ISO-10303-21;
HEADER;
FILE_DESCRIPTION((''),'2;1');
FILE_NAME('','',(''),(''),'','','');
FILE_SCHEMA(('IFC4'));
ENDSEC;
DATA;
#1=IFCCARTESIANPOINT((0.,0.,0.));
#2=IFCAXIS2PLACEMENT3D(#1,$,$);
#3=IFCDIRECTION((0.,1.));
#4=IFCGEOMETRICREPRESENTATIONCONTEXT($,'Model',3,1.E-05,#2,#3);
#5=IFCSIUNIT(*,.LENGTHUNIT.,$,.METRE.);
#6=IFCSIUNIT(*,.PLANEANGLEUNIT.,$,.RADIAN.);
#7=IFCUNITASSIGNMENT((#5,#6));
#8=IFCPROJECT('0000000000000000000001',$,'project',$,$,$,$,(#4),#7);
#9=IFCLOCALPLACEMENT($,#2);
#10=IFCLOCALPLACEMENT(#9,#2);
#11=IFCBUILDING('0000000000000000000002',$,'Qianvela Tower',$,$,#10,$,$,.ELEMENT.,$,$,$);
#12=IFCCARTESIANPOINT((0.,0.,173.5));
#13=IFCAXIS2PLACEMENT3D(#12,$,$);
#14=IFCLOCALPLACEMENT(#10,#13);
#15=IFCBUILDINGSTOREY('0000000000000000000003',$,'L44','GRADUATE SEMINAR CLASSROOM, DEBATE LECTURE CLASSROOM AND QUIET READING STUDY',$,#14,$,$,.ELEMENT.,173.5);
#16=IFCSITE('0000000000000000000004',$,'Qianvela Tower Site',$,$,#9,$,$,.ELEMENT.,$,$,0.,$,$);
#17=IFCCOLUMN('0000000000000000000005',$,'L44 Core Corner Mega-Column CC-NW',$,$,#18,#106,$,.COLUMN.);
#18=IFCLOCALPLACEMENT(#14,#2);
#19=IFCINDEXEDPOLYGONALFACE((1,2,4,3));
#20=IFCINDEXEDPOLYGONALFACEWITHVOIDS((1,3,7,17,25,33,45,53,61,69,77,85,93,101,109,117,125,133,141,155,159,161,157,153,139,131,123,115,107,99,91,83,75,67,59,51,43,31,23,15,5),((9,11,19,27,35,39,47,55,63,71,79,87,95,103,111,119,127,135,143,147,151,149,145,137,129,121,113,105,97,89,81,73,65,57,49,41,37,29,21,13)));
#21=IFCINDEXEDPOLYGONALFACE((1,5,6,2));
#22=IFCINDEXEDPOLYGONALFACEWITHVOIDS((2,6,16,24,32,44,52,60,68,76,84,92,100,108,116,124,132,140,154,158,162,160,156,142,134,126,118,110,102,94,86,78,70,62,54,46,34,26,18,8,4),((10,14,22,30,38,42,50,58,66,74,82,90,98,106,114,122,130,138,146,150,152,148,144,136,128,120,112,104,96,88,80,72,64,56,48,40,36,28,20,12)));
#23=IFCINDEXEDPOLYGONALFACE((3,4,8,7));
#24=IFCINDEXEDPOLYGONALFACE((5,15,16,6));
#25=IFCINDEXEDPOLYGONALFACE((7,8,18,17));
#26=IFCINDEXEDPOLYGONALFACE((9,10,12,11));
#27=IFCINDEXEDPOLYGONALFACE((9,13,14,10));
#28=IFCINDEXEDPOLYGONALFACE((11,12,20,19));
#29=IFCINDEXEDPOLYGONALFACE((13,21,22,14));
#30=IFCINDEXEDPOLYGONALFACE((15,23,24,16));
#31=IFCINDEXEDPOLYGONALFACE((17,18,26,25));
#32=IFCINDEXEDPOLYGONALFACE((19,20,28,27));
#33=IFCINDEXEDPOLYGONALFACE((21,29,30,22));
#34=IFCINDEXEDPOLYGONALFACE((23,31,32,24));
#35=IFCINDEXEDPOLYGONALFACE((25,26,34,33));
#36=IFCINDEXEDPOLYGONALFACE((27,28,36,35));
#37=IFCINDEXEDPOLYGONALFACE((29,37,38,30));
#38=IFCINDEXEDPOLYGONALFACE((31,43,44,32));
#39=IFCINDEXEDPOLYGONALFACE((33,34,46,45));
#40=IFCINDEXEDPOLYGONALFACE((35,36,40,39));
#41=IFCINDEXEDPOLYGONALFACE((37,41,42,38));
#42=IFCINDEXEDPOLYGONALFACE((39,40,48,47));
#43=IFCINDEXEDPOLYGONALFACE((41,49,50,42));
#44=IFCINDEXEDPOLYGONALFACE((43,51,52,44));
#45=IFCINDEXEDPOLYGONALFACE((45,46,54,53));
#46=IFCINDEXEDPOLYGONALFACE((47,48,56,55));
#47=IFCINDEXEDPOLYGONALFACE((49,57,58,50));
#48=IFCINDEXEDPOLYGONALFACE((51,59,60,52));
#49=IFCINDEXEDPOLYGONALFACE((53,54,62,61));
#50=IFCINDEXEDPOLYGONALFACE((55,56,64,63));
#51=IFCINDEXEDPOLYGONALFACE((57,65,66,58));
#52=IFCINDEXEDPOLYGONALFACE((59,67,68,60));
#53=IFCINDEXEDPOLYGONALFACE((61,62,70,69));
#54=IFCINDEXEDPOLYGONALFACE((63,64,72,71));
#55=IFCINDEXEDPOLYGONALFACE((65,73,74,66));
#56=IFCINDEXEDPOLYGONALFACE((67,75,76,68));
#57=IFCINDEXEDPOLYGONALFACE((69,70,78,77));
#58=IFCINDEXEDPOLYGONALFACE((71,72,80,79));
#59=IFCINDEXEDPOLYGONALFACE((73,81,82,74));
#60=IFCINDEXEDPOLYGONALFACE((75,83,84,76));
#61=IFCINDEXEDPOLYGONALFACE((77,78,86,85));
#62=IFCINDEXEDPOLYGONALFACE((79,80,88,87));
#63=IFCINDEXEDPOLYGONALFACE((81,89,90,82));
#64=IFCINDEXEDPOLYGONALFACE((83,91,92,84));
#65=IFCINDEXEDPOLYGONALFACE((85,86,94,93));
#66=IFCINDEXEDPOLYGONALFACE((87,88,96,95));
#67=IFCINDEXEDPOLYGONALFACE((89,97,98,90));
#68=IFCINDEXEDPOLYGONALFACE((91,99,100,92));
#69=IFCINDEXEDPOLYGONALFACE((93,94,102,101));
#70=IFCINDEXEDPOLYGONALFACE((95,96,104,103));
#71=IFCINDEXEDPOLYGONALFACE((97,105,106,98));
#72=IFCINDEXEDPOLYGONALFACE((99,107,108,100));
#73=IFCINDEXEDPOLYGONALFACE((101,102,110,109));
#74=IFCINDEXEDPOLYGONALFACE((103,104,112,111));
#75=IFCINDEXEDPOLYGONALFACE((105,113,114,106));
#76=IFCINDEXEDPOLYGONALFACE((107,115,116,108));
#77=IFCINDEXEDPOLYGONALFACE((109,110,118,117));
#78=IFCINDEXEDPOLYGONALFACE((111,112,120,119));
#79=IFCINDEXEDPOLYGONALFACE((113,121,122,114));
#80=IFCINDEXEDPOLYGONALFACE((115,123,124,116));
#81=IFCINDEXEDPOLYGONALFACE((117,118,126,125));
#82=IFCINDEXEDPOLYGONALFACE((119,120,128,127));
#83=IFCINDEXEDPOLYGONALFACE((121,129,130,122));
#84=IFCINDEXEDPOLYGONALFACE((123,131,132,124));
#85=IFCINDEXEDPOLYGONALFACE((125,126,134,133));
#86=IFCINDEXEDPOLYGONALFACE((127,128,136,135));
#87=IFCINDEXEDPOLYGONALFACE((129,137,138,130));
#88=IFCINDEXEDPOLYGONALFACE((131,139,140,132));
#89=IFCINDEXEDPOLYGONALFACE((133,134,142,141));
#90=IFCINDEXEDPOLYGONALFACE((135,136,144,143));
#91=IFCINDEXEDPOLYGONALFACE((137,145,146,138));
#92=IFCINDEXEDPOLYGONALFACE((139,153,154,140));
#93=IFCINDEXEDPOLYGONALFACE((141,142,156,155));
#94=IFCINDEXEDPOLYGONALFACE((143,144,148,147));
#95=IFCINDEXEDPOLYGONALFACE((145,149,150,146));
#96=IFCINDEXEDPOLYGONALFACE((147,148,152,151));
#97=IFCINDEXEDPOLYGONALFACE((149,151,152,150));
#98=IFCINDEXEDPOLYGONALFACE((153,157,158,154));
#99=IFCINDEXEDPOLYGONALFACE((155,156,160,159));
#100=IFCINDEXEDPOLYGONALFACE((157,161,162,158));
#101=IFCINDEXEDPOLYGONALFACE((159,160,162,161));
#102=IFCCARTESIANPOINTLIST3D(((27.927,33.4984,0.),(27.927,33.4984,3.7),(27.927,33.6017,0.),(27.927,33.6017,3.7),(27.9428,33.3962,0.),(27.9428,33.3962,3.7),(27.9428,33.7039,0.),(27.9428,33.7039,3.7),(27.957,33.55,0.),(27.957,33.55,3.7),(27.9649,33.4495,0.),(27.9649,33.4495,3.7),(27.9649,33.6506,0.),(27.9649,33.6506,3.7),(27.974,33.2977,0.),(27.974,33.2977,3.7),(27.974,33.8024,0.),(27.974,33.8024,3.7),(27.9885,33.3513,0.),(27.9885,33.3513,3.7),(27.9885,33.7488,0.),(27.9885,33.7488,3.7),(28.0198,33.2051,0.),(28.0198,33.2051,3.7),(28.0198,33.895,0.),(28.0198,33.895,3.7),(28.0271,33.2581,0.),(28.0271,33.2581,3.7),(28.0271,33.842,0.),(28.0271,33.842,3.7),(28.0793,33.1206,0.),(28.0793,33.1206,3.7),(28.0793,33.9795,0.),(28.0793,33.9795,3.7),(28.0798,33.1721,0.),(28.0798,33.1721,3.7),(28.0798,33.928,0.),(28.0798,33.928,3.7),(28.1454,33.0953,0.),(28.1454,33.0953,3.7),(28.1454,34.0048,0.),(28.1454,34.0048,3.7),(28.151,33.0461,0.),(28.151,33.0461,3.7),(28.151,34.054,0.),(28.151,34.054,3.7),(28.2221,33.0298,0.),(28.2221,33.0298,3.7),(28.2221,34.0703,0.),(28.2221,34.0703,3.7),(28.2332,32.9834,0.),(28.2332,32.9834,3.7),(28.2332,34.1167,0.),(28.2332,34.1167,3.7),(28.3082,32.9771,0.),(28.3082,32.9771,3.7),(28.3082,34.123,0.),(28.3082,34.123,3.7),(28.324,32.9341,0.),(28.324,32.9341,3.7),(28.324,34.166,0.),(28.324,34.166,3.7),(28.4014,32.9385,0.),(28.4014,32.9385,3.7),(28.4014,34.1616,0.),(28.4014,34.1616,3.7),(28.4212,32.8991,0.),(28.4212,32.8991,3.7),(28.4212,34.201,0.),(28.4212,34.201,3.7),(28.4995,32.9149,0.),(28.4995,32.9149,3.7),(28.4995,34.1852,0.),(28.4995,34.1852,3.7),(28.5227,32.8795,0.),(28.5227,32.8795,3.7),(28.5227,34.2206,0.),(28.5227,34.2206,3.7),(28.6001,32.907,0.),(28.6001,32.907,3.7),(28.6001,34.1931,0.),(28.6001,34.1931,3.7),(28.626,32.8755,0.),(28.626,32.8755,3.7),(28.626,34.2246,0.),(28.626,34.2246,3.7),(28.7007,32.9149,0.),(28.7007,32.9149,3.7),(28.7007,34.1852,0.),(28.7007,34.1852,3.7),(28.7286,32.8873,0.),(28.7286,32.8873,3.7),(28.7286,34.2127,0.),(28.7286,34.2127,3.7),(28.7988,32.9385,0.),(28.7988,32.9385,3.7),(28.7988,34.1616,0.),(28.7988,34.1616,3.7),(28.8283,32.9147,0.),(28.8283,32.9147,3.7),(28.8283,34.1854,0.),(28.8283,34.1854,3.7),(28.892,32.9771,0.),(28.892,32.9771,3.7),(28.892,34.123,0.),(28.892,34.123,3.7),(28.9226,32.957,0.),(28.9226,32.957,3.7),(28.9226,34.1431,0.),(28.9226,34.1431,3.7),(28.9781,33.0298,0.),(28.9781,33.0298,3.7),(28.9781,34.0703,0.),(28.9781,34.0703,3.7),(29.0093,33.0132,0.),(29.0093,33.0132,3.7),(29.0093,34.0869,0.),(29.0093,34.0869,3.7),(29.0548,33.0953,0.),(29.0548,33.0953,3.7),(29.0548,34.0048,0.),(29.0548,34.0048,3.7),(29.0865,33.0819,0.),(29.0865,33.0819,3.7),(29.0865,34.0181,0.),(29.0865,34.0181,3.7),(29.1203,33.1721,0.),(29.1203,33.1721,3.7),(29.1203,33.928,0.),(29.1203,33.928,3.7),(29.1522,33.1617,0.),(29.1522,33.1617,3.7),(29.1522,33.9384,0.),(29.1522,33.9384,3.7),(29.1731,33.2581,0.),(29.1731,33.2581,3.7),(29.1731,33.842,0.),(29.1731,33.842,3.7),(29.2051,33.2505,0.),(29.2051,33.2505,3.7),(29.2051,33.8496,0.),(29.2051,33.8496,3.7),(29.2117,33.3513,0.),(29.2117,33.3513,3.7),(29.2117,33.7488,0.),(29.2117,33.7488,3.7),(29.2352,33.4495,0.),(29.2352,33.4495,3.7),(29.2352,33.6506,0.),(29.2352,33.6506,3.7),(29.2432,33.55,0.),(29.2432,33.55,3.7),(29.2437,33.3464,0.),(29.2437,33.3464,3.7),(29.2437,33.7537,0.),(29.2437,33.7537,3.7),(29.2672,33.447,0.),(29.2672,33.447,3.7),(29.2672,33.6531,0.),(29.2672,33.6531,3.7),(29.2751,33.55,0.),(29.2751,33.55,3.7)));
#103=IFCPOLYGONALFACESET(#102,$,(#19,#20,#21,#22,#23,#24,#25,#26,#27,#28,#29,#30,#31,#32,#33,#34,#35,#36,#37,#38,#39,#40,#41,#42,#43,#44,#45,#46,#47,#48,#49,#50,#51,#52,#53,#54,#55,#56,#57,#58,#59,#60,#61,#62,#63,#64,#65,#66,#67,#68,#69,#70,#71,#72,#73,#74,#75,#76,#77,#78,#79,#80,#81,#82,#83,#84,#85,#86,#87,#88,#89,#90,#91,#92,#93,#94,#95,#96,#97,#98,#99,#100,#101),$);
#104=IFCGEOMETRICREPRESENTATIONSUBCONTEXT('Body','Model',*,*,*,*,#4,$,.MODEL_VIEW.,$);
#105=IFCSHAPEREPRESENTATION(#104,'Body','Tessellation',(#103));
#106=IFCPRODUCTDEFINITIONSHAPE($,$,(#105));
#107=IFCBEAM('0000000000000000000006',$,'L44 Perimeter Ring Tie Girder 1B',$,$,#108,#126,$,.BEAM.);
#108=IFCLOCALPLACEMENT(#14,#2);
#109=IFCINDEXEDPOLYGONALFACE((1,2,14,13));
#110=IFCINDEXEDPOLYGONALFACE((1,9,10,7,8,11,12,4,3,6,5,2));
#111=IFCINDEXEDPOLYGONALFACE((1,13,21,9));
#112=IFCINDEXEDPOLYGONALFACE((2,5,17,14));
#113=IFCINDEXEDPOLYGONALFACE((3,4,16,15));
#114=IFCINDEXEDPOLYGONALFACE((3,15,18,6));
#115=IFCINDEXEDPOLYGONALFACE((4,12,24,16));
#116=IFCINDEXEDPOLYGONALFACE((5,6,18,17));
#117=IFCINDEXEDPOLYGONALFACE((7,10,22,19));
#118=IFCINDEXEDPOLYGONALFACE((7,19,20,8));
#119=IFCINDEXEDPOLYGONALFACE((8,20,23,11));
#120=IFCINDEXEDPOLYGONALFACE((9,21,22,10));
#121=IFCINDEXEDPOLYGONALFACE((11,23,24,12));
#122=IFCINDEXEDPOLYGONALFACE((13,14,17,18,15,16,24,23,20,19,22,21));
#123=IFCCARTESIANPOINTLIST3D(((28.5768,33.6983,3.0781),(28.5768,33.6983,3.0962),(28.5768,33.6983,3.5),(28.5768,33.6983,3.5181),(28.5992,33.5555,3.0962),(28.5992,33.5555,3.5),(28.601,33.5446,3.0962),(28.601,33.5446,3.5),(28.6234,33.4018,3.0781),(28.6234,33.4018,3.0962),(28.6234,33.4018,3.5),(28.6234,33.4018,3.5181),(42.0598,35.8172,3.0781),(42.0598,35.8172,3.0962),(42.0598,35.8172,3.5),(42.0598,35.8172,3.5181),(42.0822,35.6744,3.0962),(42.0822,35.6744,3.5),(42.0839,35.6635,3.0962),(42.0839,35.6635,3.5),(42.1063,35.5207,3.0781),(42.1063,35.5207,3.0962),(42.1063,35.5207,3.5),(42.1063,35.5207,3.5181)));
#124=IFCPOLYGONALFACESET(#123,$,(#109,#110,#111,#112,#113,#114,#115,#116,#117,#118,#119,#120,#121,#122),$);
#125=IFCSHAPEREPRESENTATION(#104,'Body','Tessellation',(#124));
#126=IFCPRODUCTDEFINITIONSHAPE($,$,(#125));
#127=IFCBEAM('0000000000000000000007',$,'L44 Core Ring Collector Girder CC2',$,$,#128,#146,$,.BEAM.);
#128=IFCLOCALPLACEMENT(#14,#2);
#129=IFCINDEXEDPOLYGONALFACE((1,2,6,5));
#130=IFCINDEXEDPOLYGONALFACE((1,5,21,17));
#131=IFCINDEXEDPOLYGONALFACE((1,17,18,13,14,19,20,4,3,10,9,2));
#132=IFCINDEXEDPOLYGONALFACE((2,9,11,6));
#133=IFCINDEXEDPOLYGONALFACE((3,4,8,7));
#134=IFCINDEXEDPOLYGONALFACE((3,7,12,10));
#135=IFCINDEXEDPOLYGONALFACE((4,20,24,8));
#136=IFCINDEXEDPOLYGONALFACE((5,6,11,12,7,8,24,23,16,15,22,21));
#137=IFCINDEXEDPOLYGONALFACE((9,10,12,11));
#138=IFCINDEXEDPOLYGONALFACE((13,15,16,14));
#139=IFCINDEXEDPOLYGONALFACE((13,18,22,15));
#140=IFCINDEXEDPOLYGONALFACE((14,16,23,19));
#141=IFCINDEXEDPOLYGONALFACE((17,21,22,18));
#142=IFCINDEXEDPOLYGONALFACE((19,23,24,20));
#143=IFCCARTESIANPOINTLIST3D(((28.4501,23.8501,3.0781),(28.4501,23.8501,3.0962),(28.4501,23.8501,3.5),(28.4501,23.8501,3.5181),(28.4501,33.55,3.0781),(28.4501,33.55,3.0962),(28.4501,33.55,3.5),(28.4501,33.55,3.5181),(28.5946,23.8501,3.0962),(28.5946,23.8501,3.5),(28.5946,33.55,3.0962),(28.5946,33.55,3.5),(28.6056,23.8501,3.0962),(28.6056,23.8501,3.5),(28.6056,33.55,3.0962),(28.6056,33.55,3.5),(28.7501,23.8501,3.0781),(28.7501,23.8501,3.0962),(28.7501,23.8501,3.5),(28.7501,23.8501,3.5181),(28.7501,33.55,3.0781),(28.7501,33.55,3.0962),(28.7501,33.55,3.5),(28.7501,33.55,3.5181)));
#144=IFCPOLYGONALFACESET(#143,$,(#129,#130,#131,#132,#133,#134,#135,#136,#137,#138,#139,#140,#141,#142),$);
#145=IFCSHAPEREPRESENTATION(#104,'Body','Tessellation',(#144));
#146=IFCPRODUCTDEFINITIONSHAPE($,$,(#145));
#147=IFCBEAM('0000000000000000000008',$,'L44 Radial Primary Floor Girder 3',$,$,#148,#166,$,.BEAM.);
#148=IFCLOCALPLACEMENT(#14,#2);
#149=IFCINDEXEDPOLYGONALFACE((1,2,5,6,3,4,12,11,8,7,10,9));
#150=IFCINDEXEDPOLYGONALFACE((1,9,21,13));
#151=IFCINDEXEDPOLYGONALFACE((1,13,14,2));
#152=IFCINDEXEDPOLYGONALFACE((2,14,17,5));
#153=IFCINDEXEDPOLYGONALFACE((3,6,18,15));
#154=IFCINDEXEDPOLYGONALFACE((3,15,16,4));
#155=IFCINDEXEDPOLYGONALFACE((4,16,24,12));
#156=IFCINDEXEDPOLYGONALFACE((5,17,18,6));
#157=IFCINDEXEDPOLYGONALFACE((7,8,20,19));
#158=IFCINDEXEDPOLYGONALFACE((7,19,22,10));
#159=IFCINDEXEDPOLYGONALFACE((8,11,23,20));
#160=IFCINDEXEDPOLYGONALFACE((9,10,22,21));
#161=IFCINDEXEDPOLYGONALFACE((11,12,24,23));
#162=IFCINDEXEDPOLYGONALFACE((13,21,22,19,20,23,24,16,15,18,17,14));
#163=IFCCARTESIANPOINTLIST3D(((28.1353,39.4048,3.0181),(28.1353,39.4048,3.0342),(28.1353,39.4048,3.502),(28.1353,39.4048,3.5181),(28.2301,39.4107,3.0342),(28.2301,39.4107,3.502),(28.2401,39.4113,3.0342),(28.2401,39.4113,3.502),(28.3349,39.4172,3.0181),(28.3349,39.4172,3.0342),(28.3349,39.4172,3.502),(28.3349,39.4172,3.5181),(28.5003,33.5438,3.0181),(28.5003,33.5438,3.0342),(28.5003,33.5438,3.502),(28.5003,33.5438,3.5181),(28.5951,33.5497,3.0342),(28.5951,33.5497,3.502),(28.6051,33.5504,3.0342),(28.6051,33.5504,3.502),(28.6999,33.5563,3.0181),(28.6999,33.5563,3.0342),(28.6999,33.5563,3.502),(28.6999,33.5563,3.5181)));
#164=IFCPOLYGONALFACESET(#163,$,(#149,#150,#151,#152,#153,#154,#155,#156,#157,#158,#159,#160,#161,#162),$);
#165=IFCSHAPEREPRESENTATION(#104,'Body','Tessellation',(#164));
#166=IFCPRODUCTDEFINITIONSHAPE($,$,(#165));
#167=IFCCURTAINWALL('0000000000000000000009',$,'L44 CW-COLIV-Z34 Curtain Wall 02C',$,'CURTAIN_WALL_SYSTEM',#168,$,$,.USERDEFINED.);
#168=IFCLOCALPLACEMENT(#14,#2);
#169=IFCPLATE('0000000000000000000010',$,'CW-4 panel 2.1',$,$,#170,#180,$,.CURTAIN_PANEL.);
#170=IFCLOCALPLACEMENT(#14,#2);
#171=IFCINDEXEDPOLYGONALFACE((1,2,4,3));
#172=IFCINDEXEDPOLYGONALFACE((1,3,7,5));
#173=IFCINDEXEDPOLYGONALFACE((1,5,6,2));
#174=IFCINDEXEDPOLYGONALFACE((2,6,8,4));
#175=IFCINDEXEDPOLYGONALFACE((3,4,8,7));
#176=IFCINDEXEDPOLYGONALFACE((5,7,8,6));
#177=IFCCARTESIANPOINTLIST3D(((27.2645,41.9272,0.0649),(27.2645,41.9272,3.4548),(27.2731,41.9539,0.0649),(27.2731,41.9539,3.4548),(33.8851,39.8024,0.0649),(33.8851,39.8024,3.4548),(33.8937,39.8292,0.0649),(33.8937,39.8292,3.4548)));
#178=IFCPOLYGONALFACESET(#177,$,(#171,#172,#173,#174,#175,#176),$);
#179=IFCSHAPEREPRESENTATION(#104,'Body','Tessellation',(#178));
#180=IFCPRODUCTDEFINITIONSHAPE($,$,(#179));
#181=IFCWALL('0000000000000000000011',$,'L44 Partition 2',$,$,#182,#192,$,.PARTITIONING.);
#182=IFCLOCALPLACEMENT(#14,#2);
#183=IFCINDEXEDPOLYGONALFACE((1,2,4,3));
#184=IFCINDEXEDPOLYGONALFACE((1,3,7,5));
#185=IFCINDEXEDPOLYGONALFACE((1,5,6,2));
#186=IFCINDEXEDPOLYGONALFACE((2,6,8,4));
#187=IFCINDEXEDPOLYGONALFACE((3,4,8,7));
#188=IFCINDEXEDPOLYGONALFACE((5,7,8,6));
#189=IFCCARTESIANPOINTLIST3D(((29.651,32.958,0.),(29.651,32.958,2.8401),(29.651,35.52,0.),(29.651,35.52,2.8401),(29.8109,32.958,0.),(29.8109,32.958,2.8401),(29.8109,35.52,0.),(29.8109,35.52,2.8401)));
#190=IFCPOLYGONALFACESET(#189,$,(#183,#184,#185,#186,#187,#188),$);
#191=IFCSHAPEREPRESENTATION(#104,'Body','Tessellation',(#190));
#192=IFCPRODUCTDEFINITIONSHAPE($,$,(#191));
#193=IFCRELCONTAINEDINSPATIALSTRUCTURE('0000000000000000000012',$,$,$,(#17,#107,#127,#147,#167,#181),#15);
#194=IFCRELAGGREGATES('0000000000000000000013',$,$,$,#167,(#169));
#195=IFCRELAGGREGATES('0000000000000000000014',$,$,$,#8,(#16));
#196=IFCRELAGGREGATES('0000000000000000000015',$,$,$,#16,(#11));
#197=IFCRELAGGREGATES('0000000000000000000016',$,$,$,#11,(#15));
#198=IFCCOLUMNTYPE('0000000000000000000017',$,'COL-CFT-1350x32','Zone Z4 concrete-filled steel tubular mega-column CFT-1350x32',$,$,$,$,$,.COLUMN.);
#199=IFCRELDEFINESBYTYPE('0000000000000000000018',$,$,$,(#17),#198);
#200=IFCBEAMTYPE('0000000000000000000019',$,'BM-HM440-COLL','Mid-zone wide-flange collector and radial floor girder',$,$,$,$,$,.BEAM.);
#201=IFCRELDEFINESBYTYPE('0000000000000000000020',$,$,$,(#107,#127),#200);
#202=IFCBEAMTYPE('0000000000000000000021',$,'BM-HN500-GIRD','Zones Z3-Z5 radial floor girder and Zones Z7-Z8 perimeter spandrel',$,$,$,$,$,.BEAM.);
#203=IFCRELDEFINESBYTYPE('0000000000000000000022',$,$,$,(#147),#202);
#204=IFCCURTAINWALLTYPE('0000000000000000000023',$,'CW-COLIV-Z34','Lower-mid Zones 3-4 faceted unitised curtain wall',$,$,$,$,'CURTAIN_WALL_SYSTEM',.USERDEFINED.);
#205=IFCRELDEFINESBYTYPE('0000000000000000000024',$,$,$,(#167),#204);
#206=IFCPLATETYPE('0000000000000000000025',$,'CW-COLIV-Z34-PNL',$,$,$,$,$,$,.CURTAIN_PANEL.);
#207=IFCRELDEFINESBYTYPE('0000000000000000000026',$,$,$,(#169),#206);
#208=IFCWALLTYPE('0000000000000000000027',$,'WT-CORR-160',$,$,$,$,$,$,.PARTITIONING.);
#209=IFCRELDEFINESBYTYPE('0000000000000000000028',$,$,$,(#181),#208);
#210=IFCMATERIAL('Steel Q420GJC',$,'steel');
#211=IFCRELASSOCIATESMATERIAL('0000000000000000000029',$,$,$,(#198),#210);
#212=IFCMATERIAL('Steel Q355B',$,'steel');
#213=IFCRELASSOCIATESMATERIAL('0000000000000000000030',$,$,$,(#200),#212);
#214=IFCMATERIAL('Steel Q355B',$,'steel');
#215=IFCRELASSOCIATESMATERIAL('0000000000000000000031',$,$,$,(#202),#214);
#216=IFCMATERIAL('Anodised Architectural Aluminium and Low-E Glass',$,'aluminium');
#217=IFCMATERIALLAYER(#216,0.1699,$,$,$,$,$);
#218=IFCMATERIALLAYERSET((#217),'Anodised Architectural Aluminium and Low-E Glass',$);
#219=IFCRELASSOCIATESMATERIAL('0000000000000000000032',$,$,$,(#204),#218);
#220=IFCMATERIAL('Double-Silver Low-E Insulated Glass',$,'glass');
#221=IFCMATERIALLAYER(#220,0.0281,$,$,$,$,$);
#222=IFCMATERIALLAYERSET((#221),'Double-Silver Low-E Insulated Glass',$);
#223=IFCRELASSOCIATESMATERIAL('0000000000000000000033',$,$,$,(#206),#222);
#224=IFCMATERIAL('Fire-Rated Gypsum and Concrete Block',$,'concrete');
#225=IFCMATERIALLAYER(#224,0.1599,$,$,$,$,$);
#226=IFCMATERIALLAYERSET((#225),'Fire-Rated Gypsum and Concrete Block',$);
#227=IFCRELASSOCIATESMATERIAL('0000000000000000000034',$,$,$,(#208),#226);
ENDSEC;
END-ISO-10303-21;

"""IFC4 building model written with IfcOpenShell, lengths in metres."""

from ifc_helpers import new_model, si_unit, direction, frame, frame_2d, origin, origin_2d, place, context, subcontext, project, spatial, rectangle, hollow_circle, i_section, extrude, material, layer, layer_set, material_profile, profile_set, type_object, element, aggregate, save


model = new_model("IFC4")

# Units and contexts
model_context = context("Model", 3, precision=1e-05, world=origin(), true_north=direction((0.0, 1.0)))
body_context = subcontext(model_context, "Body", "Model", "MODEL_VIEW")
ifc_project = project(units=[si_unit("LENGTHUNIT", "METRE"), si_unit("PLANEANGLEUNIT", "RADIAN")], contexts=[model_context])

# Site, building, storey
site_placement = place(None, origin())
site = spatial("IfcSite", under=ifc_project, at=site_placement, Name="Qianvela Tower Site", CompositionType="ELEMENT", RefElevation=0.0)
building_placement = place(site_placement, origin())
building = spatial("IfcBuilding", under=site, at=building_placement, Name="Qianvela Tower", CompositionType="ELEMENT")
storey_placement = place(building_placement, frame((0.0, 0.0, 173.5)))
storey = spatial("IfcBuildingStorey", under=building, at=storey_placement, Name="L44", Description="GRADUATE SEMINAR CLASSROOM, DEBATE LECTURE CLASSROOM AND QUIET READING STUDY", CompositionType="ELEMENT", Elevation=173.5)

# Column
ifc_material_1 = material(Name="Steel Q420GJC", Category="steel")
ifc_material_profile_1 = material_profile(ifc_material_1, hollow_circle(Radius=0.675, WallThickness=0.032, at=origin_2d()), Name="CFT-1350x32")
ifc_profile_set_1 = profile_set([ifc_material_profile_1], Name="Steel Q420GJC")
column_type = type_object("IfcColumnType", Name="COL-CFT-1350x32", Description="Zone Z4 concrete-filled steel tubular mega-column CFT-1350x32", PredefinedType="COLUMN", material=ifc_profile_set_1)
column_placement = place(storey_placement, frame((28.6001, 33.55, 0.0), z_axis=(0.0, 0.0, 1.0), x_axis=(1.0, 0.0, 0.0)))
element("IfcColumn", 1, at=column_placement, inside=storey, type_object=column_type, Name="L44 Core Corner Mega-Column CC-NW", PredefinedType="COLUMN", context=body_context, shape_type="SweptSolid", body=[
    extrude(hollow_circle(Radius=0.675, WallThickness=0.032, at=origin_2d()), origin(), (0.0, 0.0, 1.0), 3.7),
])

# Beams
ifc_material_2 = material(Name="Steel Q355B", Category="steel")
ifc_material_profile_2 = material_profile(ifc_material_2, i_section(OverallWidth=0.3, OverallDepth=0.4399, WebThickness=0.011, FlangeThickness=0.0181, at=origin_2d()), Name="HM440x300x11x18")
ifc_profile_set_2 = profile_set([ifc_material_profile_2], Name="Steel Q355B")
beam_type_1 = type_object("IfcBeamType", Name="BM-HM440-COLL", Description="Mid-zone wide-flange collector and radial floor girder", PredefinedType="BEAM", material=ifc_profile_set_2)
beam_1_placement = place(storey_placement, frame((28.6001, 33.55, 3.2981), z_axis=(0.987875, 0.155249, 0.0), x_axis=(-0.155249, 0.987875, 0.0)))
element("IfcBeam", 2, at=beam_1_placement, inside=storey, type_object=beam_type_1, Name="L44 Perimeter Ring Tie Girder 1B", PredefinedType="BEAM", context=body_context, shape_type="SweptSolid", body=[
    extrude(i_section(OverallWidth=0.3, OverallDepth=0.4399, WebThickness=0.011, FlangeThickness=0.0181, at=origin_2d()), origin(), (0.0, 0.0, 1.0), 13.6484),
])
beam_2_placement = place(storey_placement, frame((28.6001, 33.55, 3.2981), z_axis=(0.0, -1.0, 0.0), x_axis=(1.0, 0.0, 0.0)))
element("IfcBeam", 3, at=beam_2_placement, inside=storey, type_object=beam_type_1, Name="L44 Core Ring Collector Girder CC2", PredefinedType="BEAM", context=body_context, shape_type="SweptSolid", body=[
    extrude(i_section(OverallWidth=0.3, OverallDepth=0.4399, WebThickness=0.011, FlangeThickness=0.0181, at=origin_2d()), origin(), (0.0, 0.0, 1.0), 9.7),
])
ifc_material_3 = material(Name="Steel Q355B", Category="steel")
ifc_material_profile_3 = material_profile(ifc_material_3, i_section(OverallWidth=0.2, OverallDepth=0.5, WebThickness=0.01, FlangeThickness=0.0161, at=origin_2d()), Name="HN500x200x10x16")
ifc_profile_set_3 = profile_set([ifc_material_profile_3], Name="Steel Q355B")
beam_type_2 = type_object("IfcBeamType", Name="BM-HN500-GIRD", Description="Zones Z3-Z5 radial floor girder and Zones Z7-Z8 perimeter spandrel", PredefinedType="BEAM", material=ifc_profile_set_3)
beam_3_placement = place(storey_placement, frame((28.6001, 33.55, 3.2681), z_axis=(-0.062156, 0.998066, 0.0), x_axis=(-0.998066, -0.062156, 0.0)))
element("IfcBeam", 4, at=beam_3_placement, inside=storey, type_object=beam_type_2, Name="L44 Radial Primary Floor Girder 3", PredefinedType="BEAM", context=body_context, shape_type="SweptSolid", body=[
    extrude(i_section(OverallWidth=0.2, OverallDepth=0.5, WebThickness=0.01, FlangeThickness=0.0161, at=origin_2d()), origin(), (0.0, 0.0, 1.0), 5.8723),
])

# Curtain wall, plate
ifc_material_4 = material(Name="Anodised Architectural Aluminium and Low-E Glass", Category="aluminium")
ifc_layer_1 = layer(ifc_material_4, 0.1699)
ifc_layer_set_1 = layer_set([ifc_layer_1], Name="Anodised Architectural Aluminium and Low-E Glass")
curtain_wall_type = type_object("IfcCurtainWallType", Name="CW-COLIV-Z34", Description="Lower-mid Zones 3-4 faceted unitised curtain wall", ElementType="CURTAIN_WALL_SYSTEM", PredefinedType="USERDEFINED", material=ifc_layer_set_1)
curtain_wall_placement = place(storey_placement, origin())
curtain_wall = element("IfcCurtainWall", 5, at=curtain_wall_placement, inside=storey, type_object=curtain_wall_type, Name="L44 CW-COLIV-Z34 Curtain Wall 02C", ObjectType="CURTAIN_WALL_SYSTEM", PredefinedType="USERDEFINED")
ifc_material_5 = material(Name="Double-Silver Low-E Insulated Glass", Category="glass")
ifc_layer_2 = layer(ifc_material_5, 0.0281)
ifc_layer_set_2 = layer_set([ifc_layer_2], Name="Double-Silver Low-E Insulated Glass")
plate_type = type_object("IfcPlateType", Name="CW-COLIV-Z34-PNL", PredefinedType="CURTAIN_PANEL", material=ifc_layer_set_2)
plate_placement = place(storey_placement, frame((30.5791, 40.8782, 0.0649), z_axis=(0.0, 0.0, 1.0), x_axis=(-0.952167, 0.305579, 0.0)))
plate = element("IfcPlate", 6, at=plate_placement, type_object=plate_type, Name="CW-4 panel 2.1", PredefinedType="CURTAIN_PANEL", context=body_context, shape_type="SweptSolid", body=[
    extrude(rectangle(XDim=6.9531, YDim=0.0281, at=origin_2d()), origin(), (0.0, 0.0, 1.0), 3.3899),
])
aggregate(curtain_wall, [plate])

# Wall
ifc_material_6 = material(Name="Fire-Rated Gypsum and Concrete Block", Category="concrete")
ifc_layer_3 = layer(ifc_material_6, 0.1599)
ifc_layer_set_3 = layer_set([ifc_layer_3], Name="Fire-Rated Gypsum and Concrete Block")
wall_type_1 = type_object("IfcWallType", Name="WT-CORR-160", PredefinedType="PARTITIONING", material=ifc_layer_set_3)
wall_1_placement = place(storey_placement, frame((29.731, 32.958, 0.0), z_axis=(0.0, 0.0, 1.0), x_axis=(0.0, 1.0, 0.0)))
element("IfcWall", 7, at=wall_1_placement, inside=storey, type_object=wall_type_1, Name="L44 Partition 2", PredefinedType="PARTITIONING", context=body_context, shape_type="SweptSolid", body=[
    extrude(rectangle(XDim=2.562, YDim=0.1599, at=frame_2d((1.281, 0.0))), origin(), (0.0, 0.0, 1.0), 2.8401),
])

save(model, "model.ifc")
